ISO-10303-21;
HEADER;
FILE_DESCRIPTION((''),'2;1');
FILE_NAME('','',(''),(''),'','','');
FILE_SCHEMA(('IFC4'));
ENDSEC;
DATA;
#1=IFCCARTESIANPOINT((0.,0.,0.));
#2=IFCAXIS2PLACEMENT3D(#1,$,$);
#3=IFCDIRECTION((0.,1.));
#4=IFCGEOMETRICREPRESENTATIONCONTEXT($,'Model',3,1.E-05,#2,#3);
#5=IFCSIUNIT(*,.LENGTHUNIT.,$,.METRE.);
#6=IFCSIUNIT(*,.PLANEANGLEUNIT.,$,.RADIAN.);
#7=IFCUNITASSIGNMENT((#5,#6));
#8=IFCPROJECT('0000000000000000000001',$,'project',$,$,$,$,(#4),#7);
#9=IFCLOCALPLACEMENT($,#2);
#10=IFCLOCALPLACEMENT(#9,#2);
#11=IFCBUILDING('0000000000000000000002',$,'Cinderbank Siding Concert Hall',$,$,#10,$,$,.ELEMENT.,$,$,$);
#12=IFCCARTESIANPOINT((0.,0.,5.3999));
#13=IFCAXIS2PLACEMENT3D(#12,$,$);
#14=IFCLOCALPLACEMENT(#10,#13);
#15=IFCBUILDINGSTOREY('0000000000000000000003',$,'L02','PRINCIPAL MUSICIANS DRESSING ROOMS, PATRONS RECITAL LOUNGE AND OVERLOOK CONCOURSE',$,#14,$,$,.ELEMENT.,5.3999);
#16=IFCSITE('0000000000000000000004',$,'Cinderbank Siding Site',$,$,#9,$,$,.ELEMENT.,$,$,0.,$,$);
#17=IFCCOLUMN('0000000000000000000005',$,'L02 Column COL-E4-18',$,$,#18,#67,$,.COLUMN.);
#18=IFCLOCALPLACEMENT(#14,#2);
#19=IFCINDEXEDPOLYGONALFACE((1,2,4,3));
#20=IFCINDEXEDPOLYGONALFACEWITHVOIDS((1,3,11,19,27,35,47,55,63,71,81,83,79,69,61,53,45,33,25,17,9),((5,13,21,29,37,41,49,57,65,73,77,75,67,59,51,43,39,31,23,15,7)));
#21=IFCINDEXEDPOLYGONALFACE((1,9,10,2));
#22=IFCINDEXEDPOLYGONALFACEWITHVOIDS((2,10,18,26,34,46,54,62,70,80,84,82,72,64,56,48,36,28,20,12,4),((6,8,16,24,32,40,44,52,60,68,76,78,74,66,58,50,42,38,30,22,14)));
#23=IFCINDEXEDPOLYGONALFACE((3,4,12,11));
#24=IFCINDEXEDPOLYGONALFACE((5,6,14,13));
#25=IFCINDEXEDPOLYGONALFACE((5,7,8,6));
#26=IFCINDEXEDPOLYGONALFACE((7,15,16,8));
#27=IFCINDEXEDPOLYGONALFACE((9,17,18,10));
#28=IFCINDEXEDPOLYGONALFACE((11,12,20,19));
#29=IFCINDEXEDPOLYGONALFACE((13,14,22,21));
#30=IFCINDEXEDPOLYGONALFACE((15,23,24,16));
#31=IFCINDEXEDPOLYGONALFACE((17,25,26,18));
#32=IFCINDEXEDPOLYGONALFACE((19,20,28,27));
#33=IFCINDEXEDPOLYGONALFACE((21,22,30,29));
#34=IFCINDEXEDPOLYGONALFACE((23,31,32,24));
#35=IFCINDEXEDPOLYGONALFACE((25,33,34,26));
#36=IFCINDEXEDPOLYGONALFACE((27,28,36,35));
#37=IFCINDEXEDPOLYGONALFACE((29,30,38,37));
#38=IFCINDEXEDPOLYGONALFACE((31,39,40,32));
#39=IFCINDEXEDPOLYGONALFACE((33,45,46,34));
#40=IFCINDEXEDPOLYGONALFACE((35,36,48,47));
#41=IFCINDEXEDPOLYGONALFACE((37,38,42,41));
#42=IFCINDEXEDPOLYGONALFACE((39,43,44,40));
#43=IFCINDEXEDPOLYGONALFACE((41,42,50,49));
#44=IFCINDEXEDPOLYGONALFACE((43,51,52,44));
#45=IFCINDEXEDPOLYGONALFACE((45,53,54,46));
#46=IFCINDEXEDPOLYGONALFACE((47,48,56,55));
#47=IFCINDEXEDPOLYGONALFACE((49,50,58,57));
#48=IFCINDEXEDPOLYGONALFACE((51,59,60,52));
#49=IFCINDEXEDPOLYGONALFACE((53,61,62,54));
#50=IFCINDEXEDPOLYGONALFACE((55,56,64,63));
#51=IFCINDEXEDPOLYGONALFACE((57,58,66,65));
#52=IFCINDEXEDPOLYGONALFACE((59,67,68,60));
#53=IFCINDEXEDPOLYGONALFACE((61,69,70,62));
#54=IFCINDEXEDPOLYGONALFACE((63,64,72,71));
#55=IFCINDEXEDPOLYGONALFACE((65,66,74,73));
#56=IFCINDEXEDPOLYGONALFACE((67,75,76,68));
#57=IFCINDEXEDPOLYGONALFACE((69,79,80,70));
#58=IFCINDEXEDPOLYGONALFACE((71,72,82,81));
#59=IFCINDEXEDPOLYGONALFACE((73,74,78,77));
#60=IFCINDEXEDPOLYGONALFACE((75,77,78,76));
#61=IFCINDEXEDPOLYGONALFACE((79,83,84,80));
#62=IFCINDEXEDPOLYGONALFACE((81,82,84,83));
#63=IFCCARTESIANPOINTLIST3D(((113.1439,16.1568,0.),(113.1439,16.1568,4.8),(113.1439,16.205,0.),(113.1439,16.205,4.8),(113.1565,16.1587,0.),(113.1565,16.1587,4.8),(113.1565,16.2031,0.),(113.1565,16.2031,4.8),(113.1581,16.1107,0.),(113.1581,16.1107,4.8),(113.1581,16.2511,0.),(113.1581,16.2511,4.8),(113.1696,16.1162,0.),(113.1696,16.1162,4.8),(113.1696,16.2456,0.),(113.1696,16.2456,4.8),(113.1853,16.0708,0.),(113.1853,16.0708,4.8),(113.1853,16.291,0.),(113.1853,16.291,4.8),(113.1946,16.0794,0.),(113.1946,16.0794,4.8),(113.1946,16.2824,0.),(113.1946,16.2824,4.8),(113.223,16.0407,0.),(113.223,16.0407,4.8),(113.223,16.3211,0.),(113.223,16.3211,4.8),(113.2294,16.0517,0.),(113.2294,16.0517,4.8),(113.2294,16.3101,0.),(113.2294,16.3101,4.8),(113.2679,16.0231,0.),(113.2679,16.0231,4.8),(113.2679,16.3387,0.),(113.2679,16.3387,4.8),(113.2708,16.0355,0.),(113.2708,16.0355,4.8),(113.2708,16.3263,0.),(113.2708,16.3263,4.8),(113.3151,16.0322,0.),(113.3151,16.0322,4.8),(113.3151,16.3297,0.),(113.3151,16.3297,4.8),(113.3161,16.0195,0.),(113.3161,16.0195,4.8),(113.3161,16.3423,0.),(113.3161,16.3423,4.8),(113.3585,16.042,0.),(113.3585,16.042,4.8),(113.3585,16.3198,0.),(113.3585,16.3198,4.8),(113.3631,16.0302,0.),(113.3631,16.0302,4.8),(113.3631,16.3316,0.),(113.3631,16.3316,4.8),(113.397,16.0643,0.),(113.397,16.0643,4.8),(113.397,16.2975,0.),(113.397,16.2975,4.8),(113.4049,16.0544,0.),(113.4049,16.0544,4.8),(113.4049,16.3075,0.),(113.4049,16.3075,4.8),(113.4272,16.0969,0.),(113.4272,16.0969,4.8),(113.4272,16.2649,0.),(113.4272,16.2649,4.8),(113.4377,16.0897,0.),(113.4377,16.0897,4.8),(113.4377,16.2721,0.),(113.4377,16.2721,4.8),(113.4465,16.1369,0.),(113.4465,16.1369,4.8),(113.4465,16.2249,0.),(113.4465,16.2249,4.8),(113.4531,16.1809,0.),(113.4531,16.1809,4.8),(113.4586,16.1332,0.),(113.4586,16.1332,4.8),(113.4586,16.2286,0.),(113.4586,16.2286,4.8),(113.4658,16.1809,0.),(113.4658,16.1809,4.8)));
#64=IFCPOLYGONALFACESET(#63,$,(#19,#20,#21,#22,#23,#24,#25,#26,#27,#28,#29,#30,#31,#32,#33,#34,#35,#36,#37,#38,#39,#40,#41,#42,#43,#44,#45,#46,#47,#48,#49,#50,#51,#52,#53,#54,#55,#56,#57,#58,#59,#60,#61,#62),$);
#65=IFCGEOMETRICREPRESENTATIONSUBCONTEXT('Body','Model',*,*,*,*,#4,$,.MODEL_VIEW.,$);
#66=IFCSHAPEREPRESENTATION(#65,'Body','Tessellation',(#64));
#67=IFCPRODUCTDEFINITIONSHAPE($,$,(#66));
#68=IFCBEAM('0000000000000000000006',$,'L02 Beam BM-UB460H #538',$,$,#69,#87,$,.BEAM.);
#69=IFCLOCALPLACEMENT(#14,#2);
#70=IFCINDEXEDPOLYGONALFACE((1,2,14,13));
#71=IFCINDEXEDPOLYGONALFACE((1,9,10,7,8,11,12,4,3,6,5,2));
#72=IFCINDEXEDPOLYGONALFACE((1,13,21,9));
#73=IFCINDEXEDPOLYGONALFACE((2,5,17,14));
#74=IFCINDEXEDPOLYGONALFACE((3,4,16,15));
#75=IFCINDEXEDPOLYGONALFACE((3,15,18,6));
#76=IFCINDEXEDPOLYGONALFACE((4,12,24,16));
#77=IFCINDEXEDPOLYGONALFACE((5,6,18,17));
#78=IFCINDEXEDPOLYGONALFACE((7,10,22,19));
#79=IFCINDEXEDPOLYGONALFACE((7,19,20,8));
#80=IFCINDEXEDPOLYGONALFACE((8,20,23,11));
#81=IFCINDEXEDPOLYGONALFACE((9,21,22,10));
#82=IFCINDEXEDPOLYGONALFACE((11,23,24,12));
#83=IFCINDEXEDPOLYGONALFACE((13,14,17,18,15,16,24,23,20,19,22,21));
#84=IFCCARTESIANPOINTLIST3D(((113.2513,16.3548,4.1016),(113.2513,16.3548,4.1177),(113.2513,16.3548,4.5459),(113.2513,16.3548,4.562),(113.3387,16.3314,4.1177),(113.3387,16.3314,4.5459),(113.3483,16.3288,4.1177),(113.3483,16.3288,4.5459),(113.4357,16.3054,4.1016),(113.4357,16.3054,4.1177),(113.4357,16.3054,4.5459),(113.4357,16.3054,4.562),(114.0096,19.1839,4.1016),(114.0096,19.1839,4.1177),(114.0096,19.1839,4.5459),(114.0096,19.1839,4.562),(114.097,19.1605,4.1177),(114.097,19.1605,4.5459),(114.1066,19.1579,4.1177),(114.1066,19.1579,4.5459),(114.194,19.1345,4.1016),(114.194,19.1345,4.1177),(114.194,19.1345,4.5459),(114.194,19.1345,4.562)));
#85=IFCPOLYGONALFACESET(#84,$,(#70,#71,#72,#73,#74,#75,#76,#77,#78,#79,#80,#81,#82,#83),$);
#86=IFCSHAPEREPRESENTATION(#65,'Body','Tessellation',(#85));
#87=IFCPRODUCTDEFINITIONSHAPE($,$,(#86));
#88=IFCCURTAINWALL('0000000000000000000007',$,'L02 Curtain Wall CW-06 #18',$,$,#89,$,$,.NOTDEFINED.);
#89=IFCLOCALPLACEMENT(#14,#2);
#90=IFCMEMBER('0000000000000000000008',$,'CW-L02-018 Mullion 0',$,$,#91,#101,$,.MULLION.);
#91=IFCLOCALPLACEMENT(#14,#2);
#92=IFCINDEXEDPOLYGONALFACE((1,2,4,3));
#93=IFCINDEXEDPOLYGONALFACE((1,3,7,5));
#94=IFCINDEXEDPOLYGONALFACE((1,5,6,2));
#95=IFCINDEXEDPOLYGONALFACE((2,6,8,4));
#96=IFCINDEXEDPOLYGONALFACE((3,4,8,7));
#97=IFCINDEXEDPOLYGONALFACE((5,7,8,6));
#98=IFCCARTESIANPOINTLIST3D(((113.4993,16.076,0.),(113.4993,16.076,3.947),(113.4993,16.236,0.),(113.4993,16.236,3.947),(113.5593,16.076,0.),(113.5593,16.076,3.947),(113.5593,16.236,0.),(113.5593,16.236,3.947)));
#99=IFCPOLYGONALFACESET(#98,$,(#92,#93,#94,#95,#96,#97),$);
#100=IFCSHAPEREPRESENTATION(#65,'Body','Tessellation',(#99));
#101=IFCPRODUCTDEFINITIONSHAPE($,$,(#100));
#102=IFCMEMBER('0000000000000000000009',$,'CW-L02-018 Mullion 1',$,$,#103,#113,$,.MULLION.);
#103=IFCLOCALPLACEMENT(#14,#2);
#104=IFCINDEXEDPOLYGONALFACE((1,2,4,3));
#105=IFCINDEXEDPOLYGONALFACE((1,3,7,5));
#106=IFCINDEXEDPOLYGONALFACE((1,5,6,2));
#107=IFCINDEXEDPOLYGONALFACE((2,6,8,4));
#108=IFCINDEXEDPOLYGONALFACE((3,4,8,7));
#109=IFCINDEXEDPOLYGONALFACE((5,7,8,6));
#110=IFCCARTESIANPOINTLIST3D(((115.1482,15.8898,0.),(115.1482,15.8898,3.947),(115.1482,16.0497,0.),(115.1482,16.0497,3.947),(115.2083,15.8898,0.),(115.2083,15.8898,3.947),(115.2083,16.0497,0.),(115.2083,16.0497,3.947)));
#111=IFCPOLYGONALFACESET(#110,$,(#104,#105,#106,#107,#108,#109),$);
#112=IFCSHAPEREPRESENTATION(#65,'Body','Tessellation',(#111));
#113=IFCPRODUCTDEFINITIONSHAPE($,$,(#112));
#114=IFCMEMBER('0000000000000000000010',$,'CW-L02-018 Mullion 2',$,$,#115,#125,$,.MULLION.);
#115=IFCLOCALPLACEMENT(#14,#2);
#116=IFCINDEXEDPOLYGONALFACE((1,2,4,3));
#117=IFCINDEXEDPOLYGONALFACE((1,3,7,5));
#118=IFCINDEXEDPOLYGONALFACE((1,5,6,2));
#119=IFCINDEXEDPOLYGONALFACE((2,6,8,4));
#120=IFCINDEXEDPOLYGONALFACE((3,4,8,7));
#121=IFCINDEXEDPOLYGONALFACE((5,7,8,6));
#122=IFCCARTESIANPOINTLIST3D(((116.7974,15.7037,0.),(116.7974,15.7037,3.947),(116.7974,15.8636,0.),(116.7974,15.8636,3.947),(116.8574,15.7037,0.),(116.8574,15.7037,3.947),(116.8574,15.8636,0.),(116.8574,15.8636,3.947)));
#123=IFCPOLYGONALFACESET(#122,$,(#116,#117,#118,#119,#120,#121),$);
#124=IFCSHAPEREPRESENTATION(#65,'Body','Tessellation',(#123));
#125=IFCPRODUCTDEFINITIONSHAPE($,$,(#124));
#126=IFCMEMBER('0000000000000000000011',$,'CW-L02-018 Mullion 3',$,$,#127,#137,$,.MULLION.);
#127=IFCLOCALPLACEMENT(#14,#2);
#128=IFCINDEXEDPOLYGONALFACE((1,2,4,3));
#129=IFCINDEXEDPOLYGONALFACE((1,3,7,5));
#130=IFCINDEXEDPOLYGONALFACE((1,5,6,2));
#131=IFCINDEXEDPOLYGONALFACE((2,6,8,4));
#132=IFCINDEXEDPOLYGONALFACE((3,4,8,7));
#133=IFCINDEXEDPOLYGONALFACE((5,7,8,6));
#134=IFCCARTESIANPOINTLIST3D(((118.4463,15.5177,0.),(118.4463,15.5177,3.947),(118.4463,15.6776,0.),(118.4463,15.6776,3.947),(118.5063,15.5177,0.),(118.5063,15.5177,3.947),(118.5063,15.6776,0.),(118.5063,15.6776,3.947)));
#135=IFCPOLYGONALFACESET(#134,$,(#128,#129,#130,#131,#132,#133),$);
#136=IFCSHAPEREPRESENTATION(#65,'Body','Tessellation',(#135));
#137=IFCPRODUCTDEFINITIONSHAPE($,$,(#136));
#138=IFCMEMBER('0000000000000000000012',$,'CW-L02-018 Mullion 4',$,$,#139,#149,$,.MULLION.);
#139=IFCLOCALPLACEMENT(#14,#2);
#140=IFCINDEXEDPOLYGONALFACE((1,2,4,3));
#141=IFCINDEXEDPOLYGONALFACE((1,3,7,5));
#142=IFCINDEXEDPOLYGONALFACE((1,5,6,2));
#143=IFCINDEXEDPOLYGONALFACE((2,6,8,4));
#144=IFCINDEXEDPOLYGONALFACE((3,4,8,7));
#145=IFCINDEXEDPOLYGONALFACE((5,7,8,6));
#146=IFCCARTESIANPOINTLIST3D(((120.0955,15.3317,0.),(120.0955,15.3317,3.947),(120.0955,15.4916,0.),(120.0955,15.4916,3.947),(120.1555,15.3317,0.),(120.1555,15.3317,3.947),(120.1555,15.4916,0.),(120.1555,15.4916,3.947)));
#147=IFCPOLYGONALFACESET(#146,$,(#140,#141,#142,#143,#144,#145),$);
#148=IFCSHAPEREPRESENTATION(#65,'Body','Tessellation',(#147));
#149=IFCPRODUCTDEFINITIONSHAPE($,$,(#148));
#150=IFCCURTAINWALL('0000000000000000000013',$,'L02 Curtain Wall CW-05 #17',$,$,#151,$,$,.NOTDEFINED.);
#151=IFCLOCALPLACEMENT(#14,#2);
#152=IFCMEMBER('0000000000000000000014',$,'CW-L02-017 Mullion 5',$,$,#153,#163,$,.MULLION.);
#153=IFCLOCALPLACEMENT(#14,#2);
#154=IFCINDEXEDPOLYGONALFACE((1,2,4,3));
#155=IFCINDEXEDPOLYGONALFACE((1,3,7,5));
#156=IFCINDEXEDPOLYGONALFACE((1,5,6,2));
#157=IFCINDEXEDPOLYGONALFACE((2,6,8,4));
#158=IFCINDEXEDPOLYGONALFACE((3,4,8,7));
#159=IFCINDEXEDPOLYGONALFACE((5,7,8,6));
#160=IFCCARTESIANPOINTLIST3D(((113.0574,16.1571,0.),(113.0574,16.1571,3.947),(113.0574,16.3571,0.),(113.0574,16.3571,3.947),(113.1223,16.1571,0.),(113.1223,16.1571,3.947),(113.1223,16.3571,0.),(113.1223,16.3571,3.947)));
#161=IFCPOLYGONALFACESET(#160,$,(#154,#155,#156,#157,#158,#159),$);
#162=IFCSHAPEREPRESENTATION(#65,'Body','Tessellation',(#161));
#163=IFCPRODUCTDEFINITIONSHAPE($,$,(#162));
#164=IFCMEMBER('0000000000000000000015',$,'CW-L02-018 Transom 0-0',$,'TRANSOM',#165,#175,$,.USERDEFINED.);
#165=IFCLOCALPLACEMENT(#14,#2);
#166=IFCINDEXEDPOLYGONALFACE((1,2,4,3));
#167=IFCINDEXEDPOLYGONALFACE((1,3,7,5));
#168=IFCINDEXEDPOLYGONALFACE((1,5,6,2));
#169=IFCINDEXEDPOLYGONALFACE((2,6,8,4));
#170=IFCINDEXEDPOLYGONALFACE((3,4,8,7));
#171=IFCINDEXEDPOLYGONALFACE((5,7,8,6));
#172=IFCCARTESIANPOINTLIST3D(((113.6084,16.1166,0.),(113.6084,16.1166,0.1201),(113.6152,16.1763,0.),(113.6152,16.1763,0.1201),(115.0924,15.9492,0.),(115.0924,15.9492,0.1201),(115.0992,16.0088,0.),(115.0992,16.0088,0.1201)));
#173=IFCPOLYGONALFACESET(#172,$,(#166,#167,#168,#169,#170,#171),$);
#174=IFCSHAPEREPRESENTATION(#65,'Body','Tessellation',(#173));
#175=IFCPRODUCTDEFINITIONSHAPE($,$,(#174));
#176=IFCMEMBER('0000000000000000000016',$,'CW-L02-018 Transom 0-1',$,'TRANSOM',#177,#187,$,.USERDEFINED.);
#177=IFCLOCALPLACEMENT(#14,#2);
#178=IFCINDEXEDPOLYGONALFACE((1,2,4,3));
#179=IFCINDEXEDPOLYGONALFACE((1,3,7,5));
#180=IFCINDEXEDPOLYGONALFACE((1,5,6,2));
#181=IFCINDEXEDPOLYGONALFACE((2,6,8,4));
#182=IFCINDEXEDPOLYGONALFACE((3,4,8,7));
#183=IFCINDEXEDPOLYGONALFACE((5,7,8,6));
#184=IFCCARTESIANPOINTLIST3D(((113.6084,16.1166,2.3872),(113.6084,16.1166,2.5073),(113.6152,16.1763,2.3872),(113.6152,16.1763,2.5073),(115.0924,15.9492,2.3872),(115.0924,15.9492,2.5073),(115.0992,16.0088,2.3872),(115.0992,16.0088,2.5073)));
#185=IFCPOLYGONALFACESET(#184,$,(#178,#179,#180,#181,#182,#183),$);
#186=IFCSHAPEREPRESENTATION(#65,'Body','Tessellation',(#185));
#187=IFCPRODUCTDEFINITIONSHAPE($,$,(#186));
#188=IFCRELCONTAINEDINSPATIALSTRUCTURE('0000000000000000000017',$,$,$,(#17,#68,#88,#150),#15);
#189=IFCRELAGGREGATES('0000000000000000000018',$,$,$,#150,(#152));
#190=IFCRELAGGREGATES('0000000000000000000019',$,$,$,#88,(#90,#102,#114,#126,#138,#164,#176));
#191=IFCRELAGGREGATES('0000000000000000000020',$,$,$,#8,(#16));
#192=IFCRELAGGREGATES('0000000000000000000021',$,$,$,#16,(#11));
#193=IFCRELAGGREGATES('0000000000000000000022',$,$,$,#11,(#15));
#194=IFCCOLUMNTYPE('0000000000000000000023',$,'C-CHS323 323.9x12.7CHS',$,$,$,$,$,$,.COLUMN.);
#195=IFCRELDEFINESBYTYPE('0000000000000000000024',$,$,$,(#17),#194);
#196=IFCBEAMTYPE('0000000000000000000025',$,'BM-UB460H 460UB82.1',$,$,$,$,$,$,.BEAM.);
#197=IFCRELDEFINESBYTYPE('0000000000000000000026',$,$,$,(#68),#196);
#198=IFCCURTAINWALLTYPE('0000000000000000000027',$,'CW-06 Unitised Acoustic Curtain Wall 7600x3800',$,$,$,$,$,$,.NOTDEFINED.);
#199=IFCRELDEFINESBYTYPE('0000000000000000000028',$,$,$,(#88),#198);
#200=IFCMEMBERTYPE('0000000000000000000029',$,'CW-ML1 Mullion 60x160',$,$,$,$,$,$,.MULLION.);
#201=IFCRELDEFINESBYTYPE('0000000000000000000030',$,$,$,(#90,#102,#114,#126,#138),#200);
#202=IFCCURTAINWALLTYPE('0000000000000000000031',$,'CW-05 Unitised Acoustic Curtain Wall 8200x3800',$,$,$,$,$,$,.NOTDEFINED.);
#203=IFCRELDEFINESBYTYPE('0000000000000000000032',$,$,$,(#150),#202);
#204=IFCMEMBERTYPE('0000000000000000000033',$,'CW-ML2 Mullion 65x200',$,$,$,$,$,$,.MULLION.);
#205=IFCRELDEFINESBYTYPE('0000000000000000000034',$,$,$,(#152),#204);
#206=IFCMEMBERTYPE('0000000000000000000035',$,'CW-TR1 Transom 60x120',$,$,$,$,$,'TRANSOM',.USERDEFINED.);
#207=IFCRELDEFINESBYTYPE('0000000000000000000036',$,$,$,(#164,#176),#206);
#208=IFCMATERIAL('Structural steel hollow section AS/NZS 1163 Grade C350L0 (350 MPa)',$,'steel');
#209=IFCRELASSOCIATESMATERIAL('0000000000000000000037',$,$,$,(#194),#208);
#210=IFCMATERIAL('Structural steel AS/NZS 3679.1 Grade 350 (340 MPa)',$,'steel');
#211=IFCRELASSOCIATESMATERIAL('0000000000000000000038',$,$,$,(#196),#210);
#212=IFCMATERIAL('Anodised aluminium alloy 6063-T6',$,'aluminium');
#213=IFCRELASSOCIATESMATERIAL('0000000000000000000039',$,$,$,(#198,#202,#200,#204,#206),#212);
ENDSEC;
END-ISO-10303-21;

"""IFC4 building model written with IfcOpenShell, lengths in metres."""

from ifc_helpers import new_model, si_unit, direction, frame, origin, origin_2d, place, context, subcontext, project, spatial, rectangle, hollow_circle, i_section, extrude, material, material_profile, profile_set, type_object, element, aggregate, save


model = new_model("IFC4")

# Units and contexts
model_context = context("Model", 3, precision=1e-05, world=origin(), true_north=direction((0.0, 1.0)))
body_context = subcontext(model_context, "Body", "Model", "MODEL_VIEW")
ifc_project = project(units=[si_unit("LENGTHUNIT", "METRE"), si_unit("PLANEANGLEUNIT", "RADIAN")], contexts=[model_context])

# Site, building, storey
site_placement = place(None, origin())
site = spatial("IfcSite", under=ifc_project, at=site_placement, Name="Cinderbank Siding Site", CompositionType="ELEMENT", RefElevation=0.0)
building_placement = place(site_placement, origin())
building = spatial("IfcBuilding", under=site, at=building_placement, Name="Cinderbank Siding Concert Hall", CompositionType="ELEMENT")
storey_placement = place(building_placement, frame((0.0, 0.0, 5.3999)))
storey = spatial("IfcBuildingStorey", under=building, at=storey_placement, Name="L02", Description="PRINCIPAL MUSICIANS DRESSING ROOMS, PATRONS RECITAL LOUNGE AND OVERLOOK CONCOURSE", CompositionType="ELEMENT", Elevation=5.3999)

# Column
ifc_material_1 = material(Name="Structural steel hollow section AS/NZS 1163 Grade C350L0 (350 MPa)", Category="steel")
ifc_material_profile_1 = material_profile(ifc_material_1, hollow_circle(Radius=0.1619, WallThickness=0.0127, at=origin_2d()), Name="323.9x12.7CHS", Category="LoadBearing")
ifc_profile_set_1 = profile_set([ifc_material_profile_1], Name="Structural steel hollow section AS/NZS 1163 Grade C350L0 (350 MPa)")
column_type = type_object("IfcColumnType", Name="C-CHS323 323.9x12.7CHS", PredefinedType="COLUMN", material=ifc_profile_set_1)
column_placement = place(storey_placement, frame((113.304, 16.1809, 0.0), z_axis=(0.0, 0.0, 1.0), x_axis=(1.0, 0.0, 0.0)))
element("IfcColumn", 1, at=column_placement, inside=storey, type_object=column_type, Name="L02 Column COL-E4-18", PredefinedType="COLUMN", context=body_context, shape_type="SweptSolid", body=[
    extrude(hollow_circle(Radius=0.1619, WallThickness=0.0127, at=origin_2d()), origin(), (0.0, 0.0, 1.0), 4.8),
])

# Beam
ifc_material_2 = material(Name="Structural steel AS/NZS 3679.1 Grade 350 (340 MPa)", Category="steel")
ifc_material_profile_2 = material_profile(ifc_material_2, i_section(OverallWidth=0.1909, OverallDepth=0.4604, WebThickness=0.01, FlangeThickness=0.0161, at=origin_2d()), Name="460UB82.1", Category="LoadBearing")
ifc_profile_set_2 = profile_set([ifc_material_profile_2], Name="Structural steel AS/NZS 3679.1 Grade 350 (340 MPa)")
beam_type_1 = type_object("IfcBeamType", Name="BM-UB460H 460UB82.1", PredefinedType="BEAM", material=ifc_profile_set_2)
beam_1_placement = place(storey_placement, frame((114.1018, 19.1592, 4.3318), z_axis=(-0.258897, -0.965905, 0.0), x_axis=(0.965905, -0.258897, 0.0)))
element("IfcBeam", 2, at=beam_1_placement, inside=storey, type_object=beam_type_1, Name="L02 Beam BM-UB460H #538", PredefinedType="BEAM", context=body_context, shape_type="SweptSolid", body=[
    extrude(i_section(OverallWidth=0.1909, OverallDepth=0.4604, WebThickness=0.01, FlangeThickness=0.0161, at=origin_2d()), origin(), (0.0, 0.0, 1.0), 2.929),
])

# Curtain wall, members
ifc_material_3 = material(Name="Anodised aluminium alloy 6063-T6", Category="aluminium")
curtain_wall_type_1 = type_object("IfcCurtainWallType", Name="CW-06 Unitised Acoustic Curtain Wall 7600x3800", PredefinedType="NOTDEFINED", material=ifc_material_3)
curtain_wall_1_placement = place(storey_placement, origin())
curtain_wall_1 = element("IfcCurtainWall", 3, at=curtain_wall_1_placement, inside=storey, type_object=curtain_wall_type_1, Name="L02 Curtain Wall CW-06 #18", PredefinedType="NOTDEFINED")
ifc_material_profile_3 = material_profile(ifc_material_3, rectangle(XDim=0.0601, YDim=0.1599, at=origin_2d()), Name="ALU-MULL-60x160", Category="LoadBearing")
ifc_profile_set_3 = profile_set([ifc_material_profile_3], Name="Anodised aluminium alloy 6063-T6")
member_type_1 = type_object("IfcMemberType", Name="CW-ML1 Mullion 60x160", PredefinedType="MULLION", material=ifc_profile_set_3)
member_1_placement = place(storey_placement, frame((113.5293, 16.156, 0.0), z_axis=(0.0, 0.0, 1.0), x_axis=(1.0, 0.0, 0.0)))
member_1 = element("IfcMember", 4, at=member_1_placement, type_object=member_type_1, Name="CW-L02-018 Mullion 0", PredefinedType="MULLION", context=body_context, shape_type="SweptSolid", body=[
    extrude(rectangle(XDim=0.0601, YDim=0.1599, at=origin_2d()), origin(), (0.0, 0.0, 1.0), 3.947),
])
member_2_placement = place(storey_placement, frame((115.1782, 15.9697, 0.0), z_axis=(0.0, 0.0, 1.0), x_axis=(1.0, 0.0, 0.0)))
member_2 = element("IfcMember", 5, at=member_2_placement, type_object=member_type_1, Name="CW-L02-018 Mullion 1", PredefinedType="MULLION", context=body_context, shape_type="SweptSolid", body=[
    extrude(rectangle(XDim=0.0601, YDim=0.1599, at=origin_2d()), origin(), (0.0, 0.0, 1.0), 3.947),
])
member_3_placement = place(storey_placement, frame((116.8274, 15.7837, 0.0), z_axis=(0.0, 0.0, 1.0), x_axis=(1.0, 0.0, 0.0)))
member_3 = element("IfcMember", 6, at=member_3_placement, type_object=member_type_1, Name="CW-L02-018 Mullion 2", PredefinedType="MULLION", context=body_context, shape_type="SweptSolid", body=[
    extrude(rectangle(XDim=0.0601, YDim=0.1599, at=origin_2d()), origin(), (0.0, 0.0, 1.0), 3.947),
])
member_4_placement = place(storey_placement, frame((118.4763, 15.5977, 0.0), z_axis=(0.0, 0.0, 1.0), x_axis=(1.0, 0.0, 0.0)))
member_4 = element("IfcMember", 7, at=member_4_placement, type_object=member_type_1, Name="CW-L02-018 Mullion 3", PredefinedType="MULLION", context=body_context, shape_type="SweptSolid", body=[
    extrude(rectangle(XDim=0.0601, YDim=0.1599, at=origin_2d()), origin(), (0.0, 0.0, 1.0), 3.947),
])
member_5_placement = place(storey_placement, frame((120.1255, 15.4116, 0.0), z_axis=(0.0, 0.0, 1.0), x_axis=(1.0, 0.0, 0.0)))
member_5 = element("IfcMember", 8, at=member_5_placement, type_object=member_type_1, Name="CW-L02-018 Mullion 4", PredefinedType="MULLION", context=body_context, shape_type="SweptSolid", body=[
    extrude(rectangle(XDim=0.0601, YDim=0.1599, at=origin_2d()), origin(), (0.0, 0.0, 1.0), 3.947),
])

# Curtain wall, member
curtain_wall_type_2 = type_object("IfcCurtainWallType", Name="CW-05 Unitised Acoustic Curtain Wall 8200x3800", PredefinedType="NOTDEFINED", material=ifc_material_3)
curtain_wall_2_placement = place(storey_placement, origin())
curtain_wall_2 = element("IfcCurtainWall", 9, at=curtain_wall_2_placement, inside=storey, type_object=curtain_wall_type_2, Name="L02 Curtain Wall CW-05 #17", PredefinedType="NOTDEFINED")
ifc_material_profile_4 = material_profile(ifc_material_3, rectangle(XDim=0.0649, YDim=0.2, at=origin_2d()), Name="ALU-MULL-65x200", Category="LoadBearing")
ifc_profile_set_4 = profile_set([ifc_material_profile_4], Name="Anodised aluminium alloy 6063-T6")
member_type_2 = type_object("IfcMemberType", Name="CW-ML2 Mullion 65x200", PredefinedType="MULLION", material=ifc_profile_set_4)
member_6_placement = place(storey_placement, frame((113.0898, 16.2571, 0.0), z_axis=(0.0, 0.0, 1.0), x_axis=(1.0, 0.0, 0.0)))
member_6 = element("IfcMember", 10, at=member_6_placement, type_object=member_type_2, Name="CW-L02-017 Mullion 5", PredefinedType="MULLION", context=body_context, shape_type="SweptSolid", body=[
    extrude(rectangle(XDim=0.0649, YDim=0.2, at=origin_2d()), origin(), (0.0, 0.0, 1.0), 3.947),
])

# Members
ifc_material_profile_5 = material_profile(ifc_material_3, rectangle(XDim=0.0601, YDim=0.1201, at=origin_2d()), Name="ALU-TRAN-60x120", Category="LoadBearing")
ifc_profile_set_5 = profile_set([ifc_material_profile_5], Name="Anodised aluminium alloy 6063-T6")
member_type_3 = type_object("IfcMemberType", Name="CW-TR1 Transom 60x120", ElementType="TRANSOM", PredefinedType="USERDEFINED", material=ifc_profile_set_5)
member_7_placement = place(storey_placement, frame((113.6118, 16.1465, 0.0601), z_axis=(0.993691, -0.112154, 0.0), x_axis=(0.112154, 0.993691, 0.0)))
member_7 = element("IfcMember", 11, at=member_7_placement, type_object=member_type_3, Name="CW-L02-018 Transom 0-0", ObjectType="TRANSOM", PredefinedType="USERDEFINED", context=body_context, shape_type="SweptSolid", body=[
    extrude(rectangle(XDim=0.0601, YDim=0.1201, at=origin_2d()), origin(), (0.0, 0.0, 1.0), 1.4934),
])
member_8_placement = place(storey_placement, frame((113.6118, 16.1465, 2.4473), z_axis=(0.993691, -0.112154, 0.0), x_axis=(0.112154, 0.993691, 0.0)))
member_8 = element("IfcMember", 12, at=member_8_placement, type_object=member_type_3, Name="CW-L02-018 Transom 0-1", ObjectType="TRANSOM", PredefinedType="USERDEFINED", context=body_context, shape_type="SweptSolid", body=[
    extrude(rectangle(XDim=0.0601, YDim=0.1201, at=origin_2d()), origin(), (0.0, 0.0, 1.0), 1.4934),
])

aggregate(curtain_wall_2, [member_6])
aggregate(curtain_wall_1, [member_1, member_2, member_3, member_4, member_5, member_7, member_8])

save(model, "model.ifc")
